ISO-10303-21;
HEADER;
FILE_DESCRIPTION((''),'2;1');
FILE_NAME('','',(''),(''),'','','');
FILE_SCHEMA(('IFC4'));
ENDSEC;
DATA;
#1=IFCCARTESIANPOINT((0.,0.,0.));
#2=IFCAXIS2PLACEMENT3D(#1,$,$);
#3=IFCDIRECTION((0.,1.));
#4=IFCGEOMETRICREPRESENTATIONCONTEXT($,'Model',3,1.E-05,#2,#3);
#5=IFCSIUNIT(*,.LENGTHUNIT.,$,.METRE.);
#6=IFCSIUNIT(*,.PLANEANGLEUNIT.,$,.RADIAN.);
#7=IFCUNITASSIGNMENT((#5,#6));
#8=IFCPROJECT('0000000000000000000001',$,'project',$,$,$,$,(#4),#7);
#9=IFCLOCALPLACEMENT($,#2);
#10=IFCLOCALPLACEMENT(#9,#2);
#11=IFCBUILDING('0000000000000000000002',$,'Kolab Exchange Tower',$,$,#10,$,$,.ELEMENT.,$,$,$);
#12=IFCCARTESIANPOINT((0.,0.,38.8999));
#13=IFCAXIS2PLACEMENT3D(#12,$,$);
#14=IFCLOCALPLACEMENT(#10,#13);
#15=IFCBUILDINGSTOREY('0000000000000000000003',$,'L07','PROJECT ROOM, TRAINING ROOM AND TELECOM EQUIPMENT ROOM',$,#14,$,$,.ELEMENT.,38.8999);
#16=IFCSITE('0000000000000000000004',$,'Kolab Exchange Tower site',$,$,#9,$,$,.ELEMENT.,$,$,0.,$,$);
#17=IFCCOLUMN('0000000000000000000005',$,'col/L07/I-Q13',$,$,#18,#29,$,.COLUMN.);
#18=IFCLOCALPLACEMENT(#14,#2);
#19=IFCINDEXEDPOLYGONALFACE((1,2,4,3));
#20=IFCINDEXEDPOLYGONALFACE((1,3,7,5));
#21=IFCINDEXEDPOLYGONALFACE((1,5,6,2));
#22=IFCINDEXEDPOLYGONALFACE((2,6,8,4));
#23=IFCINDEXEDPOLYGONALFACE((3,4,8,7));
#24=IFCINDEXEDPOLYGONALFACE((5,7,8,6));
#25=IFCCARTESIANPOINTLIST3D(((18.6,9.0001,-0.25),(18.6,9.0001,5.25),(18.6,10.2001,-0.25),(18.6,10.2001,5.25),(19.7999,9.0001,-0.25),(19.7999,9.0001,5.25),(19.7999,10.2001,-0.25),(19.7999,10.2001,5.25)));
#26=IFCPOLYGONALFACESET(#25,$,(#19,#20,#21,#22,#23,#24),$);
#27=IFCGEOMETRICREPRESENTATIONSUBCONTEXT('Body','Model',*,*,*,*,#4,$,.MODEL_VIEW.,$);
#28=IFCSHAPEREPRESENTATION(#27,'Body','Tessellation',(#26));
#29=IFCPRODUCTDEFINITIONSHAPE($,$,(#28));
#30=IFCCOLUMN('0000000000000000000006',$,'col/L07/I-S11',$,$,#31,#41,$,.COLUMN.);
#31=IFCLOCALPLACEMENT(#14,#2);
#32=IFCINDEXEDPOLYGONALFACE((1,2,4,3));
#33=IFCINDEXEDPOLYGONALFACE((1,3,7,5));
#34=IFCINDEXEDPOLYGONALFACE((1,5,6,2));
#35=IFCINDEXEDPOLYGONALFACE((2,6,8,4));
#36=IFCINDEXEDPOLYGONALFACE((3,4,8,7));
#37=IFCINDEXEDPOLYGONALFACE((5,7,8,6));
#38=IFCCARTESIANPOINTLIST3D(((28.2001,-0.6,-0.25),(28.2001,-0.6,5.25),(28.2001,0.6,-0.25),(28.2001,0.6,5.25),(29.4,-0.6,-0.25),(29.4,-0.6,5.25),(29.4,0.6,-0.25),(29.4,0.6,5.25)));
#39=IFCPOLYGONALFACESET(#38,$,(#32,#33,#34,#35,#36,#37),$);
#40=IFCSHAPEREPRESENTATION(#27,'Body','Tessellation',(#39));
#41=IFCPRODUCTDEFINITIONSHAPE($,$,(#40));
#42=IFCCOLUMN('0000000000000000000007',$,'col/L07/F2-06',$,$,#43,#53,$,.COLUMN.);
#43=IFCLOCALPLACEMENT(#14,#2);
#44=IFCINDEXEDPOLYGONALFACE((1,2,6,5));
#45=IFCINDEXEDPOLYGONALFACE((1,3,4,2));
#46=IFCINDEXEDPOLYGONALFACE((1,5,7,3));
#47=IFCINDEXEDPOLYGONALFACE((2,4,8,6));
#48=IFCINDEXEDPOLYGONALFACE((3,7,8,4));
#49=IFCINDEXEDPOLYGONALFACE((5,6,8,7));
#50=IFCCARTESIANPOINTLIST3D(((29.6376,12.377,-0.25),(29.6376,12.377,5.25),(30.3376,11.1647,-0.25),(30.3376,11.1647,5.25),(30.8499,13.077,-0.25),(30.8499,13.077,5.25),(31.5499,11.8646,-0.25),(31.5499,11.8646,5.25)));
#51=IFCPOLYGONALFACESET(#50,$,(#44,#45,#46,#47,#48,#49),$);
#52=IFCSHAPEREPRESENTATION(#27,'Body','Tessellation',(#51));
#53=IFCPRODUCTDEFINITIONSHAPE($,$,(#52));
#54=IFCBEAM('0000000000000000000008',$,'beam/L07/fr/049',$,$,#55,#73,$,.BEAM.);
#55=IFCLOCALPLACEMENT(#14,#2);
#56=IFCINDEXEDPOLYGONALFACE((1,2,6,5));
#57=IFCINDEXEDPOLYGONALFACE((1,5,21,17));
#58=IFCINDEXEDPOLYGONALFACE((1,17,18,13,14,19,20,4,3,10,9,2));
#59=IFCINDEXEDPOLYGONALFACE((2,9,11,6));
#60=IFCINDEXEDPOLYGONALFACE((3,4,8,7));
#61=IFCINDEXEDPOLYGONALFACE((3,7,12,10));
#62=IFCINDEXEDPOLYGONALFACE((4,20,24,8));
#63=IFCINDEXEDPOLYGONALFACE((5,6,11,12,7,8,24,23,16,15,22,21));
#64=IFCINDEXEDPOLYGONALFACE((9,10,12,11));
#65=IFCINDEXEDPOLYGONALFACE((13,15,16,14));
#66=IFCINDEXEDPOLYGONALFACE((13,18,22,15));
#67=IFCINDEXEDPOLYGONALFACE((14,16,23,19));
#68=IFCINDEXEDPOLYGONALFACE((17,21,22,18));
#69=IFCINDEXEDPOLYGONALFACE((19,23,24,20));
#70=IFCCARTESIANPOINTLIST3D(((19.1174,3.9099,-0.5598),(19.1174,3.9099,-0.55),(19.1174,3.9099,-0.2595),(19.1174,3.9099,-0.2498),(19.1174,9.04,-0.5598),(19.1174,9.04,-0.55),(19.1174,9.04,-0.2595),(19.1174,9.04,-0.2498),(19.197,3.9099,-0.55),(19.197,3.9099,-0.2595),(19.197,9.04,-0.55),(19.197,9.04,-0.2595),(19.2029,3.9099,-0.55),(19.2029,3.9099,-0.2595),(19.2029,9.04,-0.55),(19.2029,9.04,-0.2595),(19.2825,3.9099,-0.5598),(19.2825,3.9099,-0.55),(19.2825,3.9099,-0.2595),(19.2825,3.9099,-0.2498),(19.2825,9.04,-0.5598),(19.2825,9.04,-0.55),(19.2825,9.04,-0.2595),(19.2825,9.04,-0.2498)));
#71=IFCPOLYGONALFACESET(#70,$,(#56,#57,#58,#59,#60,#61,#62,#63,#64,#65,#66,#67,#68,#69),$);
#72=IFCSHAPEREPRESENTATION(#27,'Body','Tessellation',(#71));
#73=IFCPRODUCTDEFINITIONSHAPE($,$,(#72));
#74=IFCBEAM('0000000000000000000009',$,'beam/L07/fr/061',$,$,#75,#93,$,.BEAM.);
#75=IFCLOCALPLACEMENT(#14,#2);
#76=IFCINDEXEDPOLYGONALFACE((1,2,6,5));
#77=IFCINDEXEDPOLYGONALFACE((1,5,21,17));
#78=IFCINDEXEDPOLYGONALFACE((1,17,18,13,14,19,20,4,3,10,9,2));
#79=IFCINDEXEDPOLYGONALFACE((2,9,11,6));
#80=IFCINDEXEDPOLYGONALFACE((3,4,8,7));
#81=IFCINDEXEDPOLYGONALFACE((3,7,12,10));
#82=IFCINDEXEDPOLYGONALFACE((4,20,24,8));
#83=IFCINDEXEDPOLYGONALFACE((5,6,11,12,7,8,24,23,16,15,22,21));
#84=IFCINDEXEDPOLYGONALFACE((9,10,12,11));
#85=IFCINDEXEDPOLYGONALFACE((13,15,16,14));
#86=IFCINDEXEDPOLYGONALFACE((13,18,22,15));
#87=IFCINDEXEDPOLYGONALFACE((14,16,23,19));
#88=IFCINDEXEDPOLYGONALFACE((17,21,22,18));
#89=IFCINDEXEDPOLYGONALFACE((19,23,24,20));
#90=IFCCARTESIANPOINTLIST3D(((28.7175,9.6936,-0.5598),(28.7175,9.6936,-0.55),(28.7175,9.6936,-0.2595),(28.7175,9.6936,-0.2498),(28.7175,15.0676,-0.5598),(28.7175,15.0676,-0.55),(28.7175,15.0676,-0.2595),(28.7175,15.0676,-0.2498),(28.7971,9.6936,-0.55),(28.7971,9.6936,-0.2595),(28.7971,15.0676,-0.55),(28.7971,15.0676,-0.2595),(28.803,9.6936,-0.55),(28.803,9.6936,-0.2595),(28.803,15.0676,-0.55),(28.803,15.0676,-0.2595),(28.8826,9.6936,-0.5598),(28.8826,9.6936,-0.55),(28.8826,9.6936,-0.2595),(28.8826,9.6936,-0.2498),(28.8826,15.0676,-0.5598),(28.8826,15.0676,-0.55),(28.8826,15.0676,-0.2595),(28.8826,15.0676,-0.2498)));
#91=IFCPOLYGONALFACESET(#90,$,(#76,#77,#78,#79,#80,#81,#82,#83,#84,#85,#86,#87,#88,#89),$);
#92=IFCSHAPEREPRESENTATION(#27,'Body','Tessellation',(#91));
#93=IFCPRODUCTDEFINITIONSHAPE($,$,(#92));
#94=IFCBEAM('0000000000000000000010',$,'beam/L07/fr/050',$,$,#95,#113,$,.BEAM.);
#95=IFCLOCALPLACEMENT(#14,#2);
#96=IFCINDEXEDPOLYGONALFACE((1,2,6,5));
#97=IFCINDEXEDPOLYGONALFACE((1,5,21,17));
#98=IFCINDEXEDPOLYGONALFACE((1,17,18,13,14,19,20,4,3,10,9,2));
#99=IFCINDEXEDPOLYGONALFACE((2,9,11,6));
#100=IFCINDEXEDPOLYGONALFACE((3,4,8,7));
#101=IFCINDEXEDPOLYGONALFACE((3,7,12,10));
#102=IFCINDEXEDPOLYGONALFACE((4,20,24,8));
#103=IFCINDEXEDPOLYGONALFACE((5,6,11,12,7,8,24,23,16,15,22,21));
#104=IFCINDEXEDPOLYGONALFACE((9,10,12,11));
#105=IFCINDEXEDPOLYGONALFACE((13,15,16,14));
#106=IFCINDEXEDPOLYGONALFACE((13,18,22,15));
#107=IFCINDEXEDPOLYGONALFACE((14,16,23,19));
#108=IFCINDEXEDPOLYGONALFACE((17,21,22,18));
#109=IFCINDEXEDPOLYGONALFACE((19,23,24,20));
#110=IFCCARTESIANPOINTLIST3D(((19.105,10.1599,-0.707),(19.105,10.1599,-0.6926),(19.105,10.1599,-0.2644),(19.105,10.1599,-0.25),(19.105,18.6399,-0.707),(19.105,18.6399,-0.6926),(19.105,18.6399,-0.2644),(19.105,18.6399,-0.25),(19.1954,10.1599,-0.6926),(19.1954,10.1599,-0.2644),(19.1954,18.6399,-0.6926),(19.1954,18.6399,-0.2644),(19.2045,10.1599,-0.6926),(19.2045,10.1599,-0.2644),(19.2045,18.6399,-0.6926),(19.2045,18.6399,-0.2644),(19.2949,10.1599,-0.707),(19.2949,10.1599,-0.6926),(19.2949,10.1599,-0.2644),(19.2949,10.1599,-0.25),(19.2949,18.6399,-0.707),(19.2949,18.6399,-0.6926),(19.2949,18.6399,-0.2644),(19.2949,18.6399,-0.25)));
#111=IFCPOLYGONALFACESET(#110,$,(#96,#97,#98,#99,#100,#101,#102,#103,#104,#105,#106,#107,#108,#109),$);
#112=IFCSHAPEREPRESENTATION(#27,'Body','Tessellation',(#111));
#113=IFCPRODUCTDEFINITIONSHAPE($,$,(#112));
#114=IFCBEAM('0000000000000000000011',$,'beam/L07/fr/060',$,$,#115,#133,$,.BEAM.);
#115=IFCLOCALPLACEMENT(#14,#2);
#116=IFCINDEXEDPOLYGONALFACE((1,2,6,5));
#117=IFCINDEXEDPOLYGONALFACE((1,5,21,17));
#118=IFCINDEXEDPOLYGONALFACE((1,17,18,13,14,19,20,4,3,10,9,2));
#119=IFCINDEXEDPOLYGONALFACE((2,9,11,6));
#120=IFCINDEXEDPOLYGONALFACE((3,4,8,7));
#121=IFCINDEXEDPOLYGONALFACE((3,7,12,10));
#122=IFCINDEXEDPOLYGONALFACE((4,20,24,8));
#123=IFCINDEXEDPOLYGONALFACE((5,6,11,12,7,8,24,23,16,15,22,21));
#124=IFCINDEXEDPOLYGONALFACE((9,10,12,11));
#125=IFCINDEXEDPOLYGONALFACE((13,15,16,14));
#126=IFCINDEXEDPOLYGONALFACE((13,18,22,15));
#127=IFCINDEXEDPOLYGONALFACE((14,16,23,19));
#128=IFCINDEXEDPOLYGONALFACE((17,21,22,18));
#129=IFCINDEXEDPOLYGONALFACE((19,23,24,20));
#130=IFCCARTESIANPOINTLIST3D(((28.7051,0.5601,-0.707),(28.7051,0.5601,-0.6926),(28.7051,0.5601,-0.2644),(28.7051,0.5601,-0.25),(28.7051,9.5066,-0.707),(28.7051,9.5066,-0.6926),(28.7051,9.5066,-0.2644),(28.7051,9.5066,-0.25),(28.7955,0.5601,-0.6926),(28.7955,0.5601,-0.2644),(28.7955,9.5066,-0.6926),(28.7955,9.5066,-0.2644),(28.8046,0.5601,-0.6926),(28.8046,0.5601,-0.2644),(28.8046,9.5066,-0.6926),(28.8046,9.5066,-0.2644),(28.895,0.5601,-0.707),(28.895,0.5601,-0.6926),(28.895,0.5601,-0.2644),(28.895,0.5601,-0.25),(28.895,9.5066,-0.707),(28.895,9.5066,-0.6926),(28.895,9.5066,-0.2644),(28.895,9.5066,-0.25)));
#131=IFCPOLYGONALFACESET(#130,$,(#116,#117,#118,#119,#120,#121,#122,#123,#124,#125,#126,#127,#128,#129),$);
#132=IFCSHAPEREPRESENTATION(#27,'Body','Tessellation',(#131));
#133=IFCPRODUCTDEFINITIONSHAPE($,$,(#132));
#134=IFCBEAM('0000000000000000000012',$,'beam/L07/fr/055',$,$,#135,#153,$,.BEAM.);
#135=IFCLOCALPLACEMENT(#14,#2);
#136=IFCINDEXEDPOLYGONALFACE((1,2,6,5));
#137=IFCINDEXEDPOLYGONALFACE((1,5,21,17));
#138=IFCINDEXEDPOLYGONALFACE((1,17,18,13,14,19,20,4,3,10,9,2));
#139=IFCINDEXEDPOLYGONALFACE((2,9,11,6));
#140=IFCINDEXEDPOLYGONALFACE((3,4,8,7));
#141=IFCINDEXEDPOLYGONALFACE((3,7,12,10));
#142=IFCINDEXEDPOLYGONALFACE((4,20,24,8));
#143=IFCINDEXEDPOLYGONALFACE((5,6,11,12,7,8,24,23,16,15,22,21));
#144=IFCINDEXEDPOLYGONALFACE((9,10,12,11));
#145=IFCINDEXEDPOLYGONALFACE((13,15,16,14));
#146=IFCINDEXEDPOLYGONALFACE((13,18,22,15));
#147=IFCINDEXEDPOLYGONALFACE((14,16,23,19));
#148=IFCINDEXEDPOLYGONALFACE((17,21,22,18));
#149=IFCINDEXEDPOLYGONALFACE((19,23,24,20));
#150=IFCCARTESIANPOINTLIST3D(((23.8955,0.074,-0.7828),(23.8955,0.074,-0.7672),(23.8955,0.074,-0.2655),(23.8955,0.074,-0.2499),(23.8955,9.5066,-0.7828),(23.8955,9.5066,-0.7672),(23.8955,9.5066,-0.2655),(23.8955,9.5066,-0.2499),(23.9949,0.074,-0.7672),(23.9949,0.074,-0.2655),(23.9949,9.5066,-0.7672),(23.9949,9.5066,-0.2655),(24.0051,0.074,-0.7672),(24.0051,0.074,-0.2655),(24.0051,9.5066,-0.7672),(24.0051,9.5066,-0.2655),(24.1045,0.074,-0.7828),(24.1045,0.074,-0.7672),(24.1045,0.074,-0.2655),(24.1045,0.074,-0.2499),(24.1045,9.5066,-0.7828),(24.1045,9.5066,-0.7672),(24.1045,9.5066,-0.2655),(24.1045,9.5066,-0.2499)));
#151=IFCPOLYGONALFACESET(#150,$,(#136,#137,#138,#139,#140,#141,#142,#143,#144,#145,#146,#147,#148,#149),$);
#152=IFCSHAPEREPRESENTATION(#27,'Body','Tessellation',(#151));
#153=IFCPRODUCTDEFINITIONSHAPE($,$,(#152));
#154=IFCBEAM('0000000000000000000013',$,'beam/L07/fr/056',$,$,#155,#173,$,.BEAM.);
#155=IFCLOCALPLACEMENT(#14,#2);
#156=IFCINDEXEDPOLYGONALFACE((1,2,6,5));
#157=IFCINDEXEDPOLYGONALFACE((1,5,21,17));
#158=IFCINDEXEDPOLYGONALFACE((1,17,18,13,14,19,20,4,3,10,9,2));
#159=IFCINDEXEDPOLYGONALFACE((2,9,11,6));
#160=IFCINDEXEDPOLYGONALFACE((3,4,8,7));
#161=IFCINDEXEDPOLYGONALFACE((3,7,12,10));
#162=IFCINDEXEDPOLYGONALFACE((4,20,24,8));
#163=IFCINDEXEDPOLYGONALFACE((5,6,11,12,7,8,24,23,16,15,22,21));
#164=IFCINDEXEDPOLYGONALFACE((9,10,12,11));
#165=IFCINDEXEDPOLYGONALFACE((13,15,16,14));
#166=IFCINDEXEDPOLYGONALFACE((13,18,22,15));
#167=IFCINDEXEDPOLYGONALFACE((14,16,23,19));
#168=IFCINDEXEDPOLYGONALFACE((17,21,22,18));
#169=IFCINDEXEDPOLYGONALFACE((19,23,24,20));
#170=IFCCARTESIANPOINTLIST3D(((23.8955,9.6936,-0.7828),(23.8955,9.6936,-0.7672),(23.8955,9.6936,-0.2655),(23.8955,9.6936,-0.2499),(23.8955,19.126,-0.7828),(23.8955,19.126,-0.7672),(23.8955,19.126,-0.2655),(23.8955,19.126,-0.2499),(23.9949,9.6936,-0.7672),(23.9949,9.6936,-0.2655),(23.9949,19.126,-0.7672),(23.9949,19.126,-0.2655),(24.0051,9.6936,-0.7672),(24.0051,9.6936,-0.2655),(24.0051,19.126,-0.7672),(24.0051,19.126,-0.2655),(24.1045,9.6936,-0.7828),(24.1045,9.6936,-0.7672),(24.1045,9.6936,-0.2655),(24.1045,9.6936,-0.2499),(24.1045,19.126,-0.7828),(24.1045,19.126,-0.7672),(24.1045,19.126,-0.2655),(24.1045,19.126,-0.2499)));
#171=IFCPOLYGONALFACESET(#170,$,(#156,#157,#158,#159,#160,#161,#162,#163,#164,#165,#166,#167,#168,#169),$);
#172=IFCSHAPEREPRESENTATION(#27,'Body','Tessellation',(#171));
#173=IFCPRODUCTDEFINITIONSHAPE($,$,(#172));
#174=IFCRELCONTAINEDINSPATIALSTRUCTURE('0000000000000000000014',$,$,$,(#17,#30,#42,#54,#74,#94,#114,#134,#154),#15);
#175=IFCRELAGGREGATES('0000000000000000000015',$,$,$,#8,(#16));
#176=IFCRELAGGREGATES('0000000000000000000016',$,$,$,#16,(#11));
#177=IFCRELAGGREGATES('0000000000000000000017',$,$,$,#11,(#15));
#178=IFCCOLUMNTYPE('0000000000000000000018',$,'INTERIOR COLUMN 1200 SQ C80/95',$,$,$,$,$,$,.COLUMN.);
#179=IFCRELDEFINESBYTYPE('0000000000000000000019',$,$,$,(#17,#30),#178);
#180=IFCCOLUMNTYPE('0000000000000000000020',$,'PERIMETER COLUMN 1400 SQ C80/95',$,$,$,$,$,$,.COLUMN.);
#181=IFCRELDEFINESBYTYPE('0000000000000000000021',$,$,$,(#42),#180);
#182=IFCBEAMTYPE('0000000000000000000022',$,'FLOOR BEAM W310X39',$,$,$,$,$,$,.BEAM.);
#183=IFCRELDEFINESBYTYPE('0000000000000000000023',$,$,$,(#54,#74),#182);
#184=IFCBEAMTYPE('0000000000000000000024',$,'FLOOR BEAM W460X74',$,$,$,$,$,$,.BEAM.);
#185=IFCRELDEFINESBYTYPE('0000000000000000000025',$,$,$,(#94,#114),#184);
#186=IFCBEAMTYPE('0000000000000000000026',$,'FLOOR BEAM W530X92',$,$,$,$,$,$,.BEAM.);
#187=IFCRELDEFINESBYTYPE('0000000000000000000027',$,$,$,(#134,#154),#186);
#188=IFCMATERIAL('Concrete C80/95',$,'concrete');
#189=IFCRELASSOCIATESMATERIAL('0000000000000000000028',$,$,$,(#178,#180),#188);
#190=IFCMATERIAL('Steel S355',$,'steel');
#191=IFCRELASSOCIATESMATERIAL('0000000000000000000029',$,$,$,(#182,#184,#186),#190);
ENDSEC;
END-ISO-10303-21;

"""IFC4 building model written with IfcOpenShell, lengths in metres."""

from ifc_helpers import new_model, si_unit, direction, frame, origin, origin_2d, place, context, subcontext, project, spatial, rectangle, i_section, extrude, material, material_profile, profile_set, type_object, element, save


model = new_model("IFC4")

# Units and contexts
model_context = context("Model", 3, precision=1e-05, world=origin(), true_north=direction((0.0, 1.0)))
body_context = subcontext(model_context, "Body", "Model", "MODEL_VIEW")
ifc_project = project(units=[si_unit("LENGTHUNIT", "METRE"), si_unit("PLANEANGLEUNIT", "RADIAN")], contexts=[model_context])

# Site, building, storey
site_placement = place(None, origin())
site = spatial("IfcSite", under=ifc_project, at=site_placement, Name="Kolab Exchange Tower site", CompositionType="ELEMENT", RefElevation=0.0)
building_placement = place(site_placement, origin())
building = spatial("IfcBuilding", under=site, at=building_placement, Name="Kolab Exchange Tower", CompositionType="ELEMENT")
storey_placement = place(building_placement, frame((0.0, 0.0, 38.8999)))
storey = spatial("IfcBuildingStorey", under=building, at=storey_placement, Name="L07", Description="PROJECT ROOM, TRAINING ROOM AND TELECOM EQUIPMENT ROOM", CompositionType="ELEMENT", Elevation=38.8999)

# Columns
ifc_material_1 = material(Name="Concrete C80/95", Category="concrete")
ifc_material_profile_1 = material_profile(ifc_material_1, rectangle(XDim=1.2, YDim=1.2, at=origin_2d()), Name="RC1200")
ifc_profile_set_1 = profile_set([ifc_material_profile_1], Name="Concrete C80/95")
column_type_1 = type_object("IfcColumnType", Name="INTERIOR COLUMN 1200 SQ C80/95", PredefinedType="COLUMN", material=ifc_profile_set_1)
for number, where, z_axis, x_axis, name in (
    (1, (19.2, 9.6001, -0.25), (0.0, 0.0, 1.0), (1.0, 0.0, 0.0), "col/L07/I-Q13"),
    (2, (28.8, 0.0, -0.25), (0.0, 0.0, 1.0), (1.0, 0.0, 0.0), "col/L07/I-S11"),
):
    element("IfcColumn", number, at=place(storey_placement, frame(where, z_axis=z_axis, x_axis=x_axis)), inside=storey, type_object=column_type_1, Name=name, PredefinedType="COLUMN", context=body_context, shape_type="SweptSolid", body=[
        extrude(rectangle(XDim=1.2, YDim=1.2, at=origin_2d()), origin(), (0.0, 0.0, 1.0), 5.5),
    ])
ifc_material_profile_2 = material_profile(ifc_material_1, rectangle(XDim=1.3999, YDim=1.3999, at=origin_2d()), Name="RC1400")
ifc_profile_set_2 = profile_set([ifc_material_profile_2], Name="Concrete C80/95")
column_type_2 = type_object("IfcColumnType", Name="PERIMETER COLUMN 1400 SQ C80/95", PredefinedType="COLUMN", material=ifc_profile_set_2)
column_placement = place(storey_placement, frame((30.5938, 12.1208, -0.25), z_axis=(0.0, 0.0, 1.0), x_axis=(0.866025, 0.5, 0.0)))
element("IfcColumn", 3, at=column_placement, inside=storey, type_object=column_type_2, Name="col/L07/F2-06", PredefinedType="COLUMN", context=body_context, shape_type="SweptSolid", body=[
    extrude(rectangle(XDim=1.3999, YDim=1.3999, at=origin_2d()), origin(), (0.0, 0.0, 1.0), 5.5),
])

# Beams
ifc_material_2 = material(Name="Steel S355", Category="steel")
ifc_material_profile_3 = material_profile(ifc_material_2, i_section(OverallWidth=0.165, OverallDepth=0.3101, WebThickness=0.0059, FlangeThickness=0.0098, at=origin_2d()), Name="W310X39")
ifc_profile_set_3 = profile_set([ifc_material_profile_3], Name="Steel S355")
beam_type_1 = type_object("IfcBeamType", Name="FLOOR BEAM W310X39", PredefinedType="BEAM", material=ifc_profile_set_3)
beam_1_placement = place(storey_placement, frame((19.2, 3.9099, -0.4048), z_axis=(0.0, 1.0, 0.0), x_axis=(-1.0, 0.0, 0.0)))
element("IfcBeam", 4, at=beam_1_placement, inside=storey, type_object=beam_type_1, Name="beam/L07/fr/049", PredefinedType="BEAM", context=body_context, shape_type="SweptSolid", body=[
    extrude(i_section(OverallWidth=0.165, OverallDepth=0.3101, WebThickness=0.0059, FlangeThickness=0.0098, at=origin_2d()), origin(), (0.0, 0.0, 1.0), 5.1301),
])
beam_2_placement = place(storey_placement, frame((28.8, 9.6936, -0.4048), z_axis=(0.0, 1.0, 0.0), x_axis=(-1.0, 0.0, 0.0)))
element("IfcBeam", 5, at=beam_2_placement, inside=storey, type_object=beam_type_1, Name="beam/L07/fr/061", PredefinedType="BEAM", context=body_context, shape_type="SweptSolid", body=[
    extrude(i_section(OverallWidth=0.165, OverallDepth=0.3101, WebThickness=0.0059, FlangeThickness=0.0098, at=origin_2d()), origin(), (0.0, 0.0, 1.0), 5.374),
])
ifc_material_profile_4 = material_profile(ifc_material_2, i_section(OverallWidth=0.1899, OverallDepth=0.457, WebThickness=0.009, FlangeThickness=0.0144, at=origin_2d()), Name="W460X74")
ifc_profile_set_4 = profile_set([ifc_material_profile_4], Name="Steel S355")
beam_type_2 = type_object("IfcBeamType", Name="FLOOR BEAM W460X74", PredefinedType="BEAM", material=ifc_profile_set_4)
beam_3_placement = place(storey_placement, frame((19.2, 10.1599, -0.4785), z_axis=(0.0, 1.0, 0.0), x_axis=(-1.0, 0.0, 0.0)))
element("IfcBeam", 6, at=beam_3_placement, inside=storey, type_object=beam_type_2, Name="beam/L07/fr/050", PredefinedType="BEAM", context=body_context, shape_type="SweptSolid", body=[
    extrude(i_section(OverallWidth=0.1899, OverallDepth=0.457, WebThickness=0.009, FlangeThickness=0.0144, at=origin_2d()), origin(), (0.0, 0.0, 1.0), 8.48),
])
beam_4_placement = place(storey_placement, frame((28.8, 0.5601, -0.4785), z_axis=(0.0, 1.0, 0.0), x_axis=(-1.0, 0.0, 0.0)))
element("IfcBeam", 7, at=beam_4_placement, inside=storey, type_object=beam_type_2, Name="beam/L07/fr/060", PredefinedType="BEAM", context=body_context, shape_type="SweptSolid", body=[
    extrude(i_section(OverallWidth=0.1899, OverallDepth=0.457, WebThickness=0.009, FlangeThickness=0.0144, at=origin_2d()), origin(), (0.0, 0.0, 1.0), 8.9465),
])
ifc_material_profile_5 = material_profile(ifc_material_2, i_section(OverallWidth=0.209, OverallDepth=0.533, WebThickness=0.0103, FlangeThickness=0.0156, at=origin_2d()), Name="W530X92")
ifc_profile_set_5 = profile_set([ifc_material_profile_5], Name="Steel S355")
beam_type_3 = type_object("IfcBeamType", Name="FLOOR BEAM W530X92", PredefinedType="BEAM", material=ifc_profile_set_5)
beam_5_placement = place(storey_placement, frame((24.0, 0.074, -0.5164), z_axis=(0.0, 1.0, 0.0), x_axis=(-1.0, 0.0, 0.0)))
element("IfcBeam", 8, at=beam_5_placement, inside=storey, type_object=beam_type_3, Name="beam/L07/fr/055", PredefinedType="BEAM", context=body_context, shape_type="SweptSolid", body=[
    extrude(i_section(OverallWidth=0.209, OverallDepth=0.533, WebThickness=0.0103, FlangeThickness=0.0156, at=origin_2d()), origin(), (0.0, 0.0, 1.0), 9.4326),
])
beam_6_placement = place(storey_placement, frame((24.0, 9.6936, -0.5164), z_axis=(0.0, 1.0, 0.0), x_axis=(-1.0, 0.0, 0.0)))
element("IfcBeam", 9, at=beam_6_placement, inside=storey, type_object=beam_type_3, Name="beam/L07/fr/056", PredefinedType="BEAM", context=body_context, shape_type="SweptSolid", body=[
    extrude(i_section(OverallWidth=0.209, OverallDepth=0.533, WebThickness=0.0103, FlangeThickness=0.0156, at=origin_2d()), origin(), (0.0, 0.0, 1.0), 9.4324),
])

save(model, "model.ifc")
